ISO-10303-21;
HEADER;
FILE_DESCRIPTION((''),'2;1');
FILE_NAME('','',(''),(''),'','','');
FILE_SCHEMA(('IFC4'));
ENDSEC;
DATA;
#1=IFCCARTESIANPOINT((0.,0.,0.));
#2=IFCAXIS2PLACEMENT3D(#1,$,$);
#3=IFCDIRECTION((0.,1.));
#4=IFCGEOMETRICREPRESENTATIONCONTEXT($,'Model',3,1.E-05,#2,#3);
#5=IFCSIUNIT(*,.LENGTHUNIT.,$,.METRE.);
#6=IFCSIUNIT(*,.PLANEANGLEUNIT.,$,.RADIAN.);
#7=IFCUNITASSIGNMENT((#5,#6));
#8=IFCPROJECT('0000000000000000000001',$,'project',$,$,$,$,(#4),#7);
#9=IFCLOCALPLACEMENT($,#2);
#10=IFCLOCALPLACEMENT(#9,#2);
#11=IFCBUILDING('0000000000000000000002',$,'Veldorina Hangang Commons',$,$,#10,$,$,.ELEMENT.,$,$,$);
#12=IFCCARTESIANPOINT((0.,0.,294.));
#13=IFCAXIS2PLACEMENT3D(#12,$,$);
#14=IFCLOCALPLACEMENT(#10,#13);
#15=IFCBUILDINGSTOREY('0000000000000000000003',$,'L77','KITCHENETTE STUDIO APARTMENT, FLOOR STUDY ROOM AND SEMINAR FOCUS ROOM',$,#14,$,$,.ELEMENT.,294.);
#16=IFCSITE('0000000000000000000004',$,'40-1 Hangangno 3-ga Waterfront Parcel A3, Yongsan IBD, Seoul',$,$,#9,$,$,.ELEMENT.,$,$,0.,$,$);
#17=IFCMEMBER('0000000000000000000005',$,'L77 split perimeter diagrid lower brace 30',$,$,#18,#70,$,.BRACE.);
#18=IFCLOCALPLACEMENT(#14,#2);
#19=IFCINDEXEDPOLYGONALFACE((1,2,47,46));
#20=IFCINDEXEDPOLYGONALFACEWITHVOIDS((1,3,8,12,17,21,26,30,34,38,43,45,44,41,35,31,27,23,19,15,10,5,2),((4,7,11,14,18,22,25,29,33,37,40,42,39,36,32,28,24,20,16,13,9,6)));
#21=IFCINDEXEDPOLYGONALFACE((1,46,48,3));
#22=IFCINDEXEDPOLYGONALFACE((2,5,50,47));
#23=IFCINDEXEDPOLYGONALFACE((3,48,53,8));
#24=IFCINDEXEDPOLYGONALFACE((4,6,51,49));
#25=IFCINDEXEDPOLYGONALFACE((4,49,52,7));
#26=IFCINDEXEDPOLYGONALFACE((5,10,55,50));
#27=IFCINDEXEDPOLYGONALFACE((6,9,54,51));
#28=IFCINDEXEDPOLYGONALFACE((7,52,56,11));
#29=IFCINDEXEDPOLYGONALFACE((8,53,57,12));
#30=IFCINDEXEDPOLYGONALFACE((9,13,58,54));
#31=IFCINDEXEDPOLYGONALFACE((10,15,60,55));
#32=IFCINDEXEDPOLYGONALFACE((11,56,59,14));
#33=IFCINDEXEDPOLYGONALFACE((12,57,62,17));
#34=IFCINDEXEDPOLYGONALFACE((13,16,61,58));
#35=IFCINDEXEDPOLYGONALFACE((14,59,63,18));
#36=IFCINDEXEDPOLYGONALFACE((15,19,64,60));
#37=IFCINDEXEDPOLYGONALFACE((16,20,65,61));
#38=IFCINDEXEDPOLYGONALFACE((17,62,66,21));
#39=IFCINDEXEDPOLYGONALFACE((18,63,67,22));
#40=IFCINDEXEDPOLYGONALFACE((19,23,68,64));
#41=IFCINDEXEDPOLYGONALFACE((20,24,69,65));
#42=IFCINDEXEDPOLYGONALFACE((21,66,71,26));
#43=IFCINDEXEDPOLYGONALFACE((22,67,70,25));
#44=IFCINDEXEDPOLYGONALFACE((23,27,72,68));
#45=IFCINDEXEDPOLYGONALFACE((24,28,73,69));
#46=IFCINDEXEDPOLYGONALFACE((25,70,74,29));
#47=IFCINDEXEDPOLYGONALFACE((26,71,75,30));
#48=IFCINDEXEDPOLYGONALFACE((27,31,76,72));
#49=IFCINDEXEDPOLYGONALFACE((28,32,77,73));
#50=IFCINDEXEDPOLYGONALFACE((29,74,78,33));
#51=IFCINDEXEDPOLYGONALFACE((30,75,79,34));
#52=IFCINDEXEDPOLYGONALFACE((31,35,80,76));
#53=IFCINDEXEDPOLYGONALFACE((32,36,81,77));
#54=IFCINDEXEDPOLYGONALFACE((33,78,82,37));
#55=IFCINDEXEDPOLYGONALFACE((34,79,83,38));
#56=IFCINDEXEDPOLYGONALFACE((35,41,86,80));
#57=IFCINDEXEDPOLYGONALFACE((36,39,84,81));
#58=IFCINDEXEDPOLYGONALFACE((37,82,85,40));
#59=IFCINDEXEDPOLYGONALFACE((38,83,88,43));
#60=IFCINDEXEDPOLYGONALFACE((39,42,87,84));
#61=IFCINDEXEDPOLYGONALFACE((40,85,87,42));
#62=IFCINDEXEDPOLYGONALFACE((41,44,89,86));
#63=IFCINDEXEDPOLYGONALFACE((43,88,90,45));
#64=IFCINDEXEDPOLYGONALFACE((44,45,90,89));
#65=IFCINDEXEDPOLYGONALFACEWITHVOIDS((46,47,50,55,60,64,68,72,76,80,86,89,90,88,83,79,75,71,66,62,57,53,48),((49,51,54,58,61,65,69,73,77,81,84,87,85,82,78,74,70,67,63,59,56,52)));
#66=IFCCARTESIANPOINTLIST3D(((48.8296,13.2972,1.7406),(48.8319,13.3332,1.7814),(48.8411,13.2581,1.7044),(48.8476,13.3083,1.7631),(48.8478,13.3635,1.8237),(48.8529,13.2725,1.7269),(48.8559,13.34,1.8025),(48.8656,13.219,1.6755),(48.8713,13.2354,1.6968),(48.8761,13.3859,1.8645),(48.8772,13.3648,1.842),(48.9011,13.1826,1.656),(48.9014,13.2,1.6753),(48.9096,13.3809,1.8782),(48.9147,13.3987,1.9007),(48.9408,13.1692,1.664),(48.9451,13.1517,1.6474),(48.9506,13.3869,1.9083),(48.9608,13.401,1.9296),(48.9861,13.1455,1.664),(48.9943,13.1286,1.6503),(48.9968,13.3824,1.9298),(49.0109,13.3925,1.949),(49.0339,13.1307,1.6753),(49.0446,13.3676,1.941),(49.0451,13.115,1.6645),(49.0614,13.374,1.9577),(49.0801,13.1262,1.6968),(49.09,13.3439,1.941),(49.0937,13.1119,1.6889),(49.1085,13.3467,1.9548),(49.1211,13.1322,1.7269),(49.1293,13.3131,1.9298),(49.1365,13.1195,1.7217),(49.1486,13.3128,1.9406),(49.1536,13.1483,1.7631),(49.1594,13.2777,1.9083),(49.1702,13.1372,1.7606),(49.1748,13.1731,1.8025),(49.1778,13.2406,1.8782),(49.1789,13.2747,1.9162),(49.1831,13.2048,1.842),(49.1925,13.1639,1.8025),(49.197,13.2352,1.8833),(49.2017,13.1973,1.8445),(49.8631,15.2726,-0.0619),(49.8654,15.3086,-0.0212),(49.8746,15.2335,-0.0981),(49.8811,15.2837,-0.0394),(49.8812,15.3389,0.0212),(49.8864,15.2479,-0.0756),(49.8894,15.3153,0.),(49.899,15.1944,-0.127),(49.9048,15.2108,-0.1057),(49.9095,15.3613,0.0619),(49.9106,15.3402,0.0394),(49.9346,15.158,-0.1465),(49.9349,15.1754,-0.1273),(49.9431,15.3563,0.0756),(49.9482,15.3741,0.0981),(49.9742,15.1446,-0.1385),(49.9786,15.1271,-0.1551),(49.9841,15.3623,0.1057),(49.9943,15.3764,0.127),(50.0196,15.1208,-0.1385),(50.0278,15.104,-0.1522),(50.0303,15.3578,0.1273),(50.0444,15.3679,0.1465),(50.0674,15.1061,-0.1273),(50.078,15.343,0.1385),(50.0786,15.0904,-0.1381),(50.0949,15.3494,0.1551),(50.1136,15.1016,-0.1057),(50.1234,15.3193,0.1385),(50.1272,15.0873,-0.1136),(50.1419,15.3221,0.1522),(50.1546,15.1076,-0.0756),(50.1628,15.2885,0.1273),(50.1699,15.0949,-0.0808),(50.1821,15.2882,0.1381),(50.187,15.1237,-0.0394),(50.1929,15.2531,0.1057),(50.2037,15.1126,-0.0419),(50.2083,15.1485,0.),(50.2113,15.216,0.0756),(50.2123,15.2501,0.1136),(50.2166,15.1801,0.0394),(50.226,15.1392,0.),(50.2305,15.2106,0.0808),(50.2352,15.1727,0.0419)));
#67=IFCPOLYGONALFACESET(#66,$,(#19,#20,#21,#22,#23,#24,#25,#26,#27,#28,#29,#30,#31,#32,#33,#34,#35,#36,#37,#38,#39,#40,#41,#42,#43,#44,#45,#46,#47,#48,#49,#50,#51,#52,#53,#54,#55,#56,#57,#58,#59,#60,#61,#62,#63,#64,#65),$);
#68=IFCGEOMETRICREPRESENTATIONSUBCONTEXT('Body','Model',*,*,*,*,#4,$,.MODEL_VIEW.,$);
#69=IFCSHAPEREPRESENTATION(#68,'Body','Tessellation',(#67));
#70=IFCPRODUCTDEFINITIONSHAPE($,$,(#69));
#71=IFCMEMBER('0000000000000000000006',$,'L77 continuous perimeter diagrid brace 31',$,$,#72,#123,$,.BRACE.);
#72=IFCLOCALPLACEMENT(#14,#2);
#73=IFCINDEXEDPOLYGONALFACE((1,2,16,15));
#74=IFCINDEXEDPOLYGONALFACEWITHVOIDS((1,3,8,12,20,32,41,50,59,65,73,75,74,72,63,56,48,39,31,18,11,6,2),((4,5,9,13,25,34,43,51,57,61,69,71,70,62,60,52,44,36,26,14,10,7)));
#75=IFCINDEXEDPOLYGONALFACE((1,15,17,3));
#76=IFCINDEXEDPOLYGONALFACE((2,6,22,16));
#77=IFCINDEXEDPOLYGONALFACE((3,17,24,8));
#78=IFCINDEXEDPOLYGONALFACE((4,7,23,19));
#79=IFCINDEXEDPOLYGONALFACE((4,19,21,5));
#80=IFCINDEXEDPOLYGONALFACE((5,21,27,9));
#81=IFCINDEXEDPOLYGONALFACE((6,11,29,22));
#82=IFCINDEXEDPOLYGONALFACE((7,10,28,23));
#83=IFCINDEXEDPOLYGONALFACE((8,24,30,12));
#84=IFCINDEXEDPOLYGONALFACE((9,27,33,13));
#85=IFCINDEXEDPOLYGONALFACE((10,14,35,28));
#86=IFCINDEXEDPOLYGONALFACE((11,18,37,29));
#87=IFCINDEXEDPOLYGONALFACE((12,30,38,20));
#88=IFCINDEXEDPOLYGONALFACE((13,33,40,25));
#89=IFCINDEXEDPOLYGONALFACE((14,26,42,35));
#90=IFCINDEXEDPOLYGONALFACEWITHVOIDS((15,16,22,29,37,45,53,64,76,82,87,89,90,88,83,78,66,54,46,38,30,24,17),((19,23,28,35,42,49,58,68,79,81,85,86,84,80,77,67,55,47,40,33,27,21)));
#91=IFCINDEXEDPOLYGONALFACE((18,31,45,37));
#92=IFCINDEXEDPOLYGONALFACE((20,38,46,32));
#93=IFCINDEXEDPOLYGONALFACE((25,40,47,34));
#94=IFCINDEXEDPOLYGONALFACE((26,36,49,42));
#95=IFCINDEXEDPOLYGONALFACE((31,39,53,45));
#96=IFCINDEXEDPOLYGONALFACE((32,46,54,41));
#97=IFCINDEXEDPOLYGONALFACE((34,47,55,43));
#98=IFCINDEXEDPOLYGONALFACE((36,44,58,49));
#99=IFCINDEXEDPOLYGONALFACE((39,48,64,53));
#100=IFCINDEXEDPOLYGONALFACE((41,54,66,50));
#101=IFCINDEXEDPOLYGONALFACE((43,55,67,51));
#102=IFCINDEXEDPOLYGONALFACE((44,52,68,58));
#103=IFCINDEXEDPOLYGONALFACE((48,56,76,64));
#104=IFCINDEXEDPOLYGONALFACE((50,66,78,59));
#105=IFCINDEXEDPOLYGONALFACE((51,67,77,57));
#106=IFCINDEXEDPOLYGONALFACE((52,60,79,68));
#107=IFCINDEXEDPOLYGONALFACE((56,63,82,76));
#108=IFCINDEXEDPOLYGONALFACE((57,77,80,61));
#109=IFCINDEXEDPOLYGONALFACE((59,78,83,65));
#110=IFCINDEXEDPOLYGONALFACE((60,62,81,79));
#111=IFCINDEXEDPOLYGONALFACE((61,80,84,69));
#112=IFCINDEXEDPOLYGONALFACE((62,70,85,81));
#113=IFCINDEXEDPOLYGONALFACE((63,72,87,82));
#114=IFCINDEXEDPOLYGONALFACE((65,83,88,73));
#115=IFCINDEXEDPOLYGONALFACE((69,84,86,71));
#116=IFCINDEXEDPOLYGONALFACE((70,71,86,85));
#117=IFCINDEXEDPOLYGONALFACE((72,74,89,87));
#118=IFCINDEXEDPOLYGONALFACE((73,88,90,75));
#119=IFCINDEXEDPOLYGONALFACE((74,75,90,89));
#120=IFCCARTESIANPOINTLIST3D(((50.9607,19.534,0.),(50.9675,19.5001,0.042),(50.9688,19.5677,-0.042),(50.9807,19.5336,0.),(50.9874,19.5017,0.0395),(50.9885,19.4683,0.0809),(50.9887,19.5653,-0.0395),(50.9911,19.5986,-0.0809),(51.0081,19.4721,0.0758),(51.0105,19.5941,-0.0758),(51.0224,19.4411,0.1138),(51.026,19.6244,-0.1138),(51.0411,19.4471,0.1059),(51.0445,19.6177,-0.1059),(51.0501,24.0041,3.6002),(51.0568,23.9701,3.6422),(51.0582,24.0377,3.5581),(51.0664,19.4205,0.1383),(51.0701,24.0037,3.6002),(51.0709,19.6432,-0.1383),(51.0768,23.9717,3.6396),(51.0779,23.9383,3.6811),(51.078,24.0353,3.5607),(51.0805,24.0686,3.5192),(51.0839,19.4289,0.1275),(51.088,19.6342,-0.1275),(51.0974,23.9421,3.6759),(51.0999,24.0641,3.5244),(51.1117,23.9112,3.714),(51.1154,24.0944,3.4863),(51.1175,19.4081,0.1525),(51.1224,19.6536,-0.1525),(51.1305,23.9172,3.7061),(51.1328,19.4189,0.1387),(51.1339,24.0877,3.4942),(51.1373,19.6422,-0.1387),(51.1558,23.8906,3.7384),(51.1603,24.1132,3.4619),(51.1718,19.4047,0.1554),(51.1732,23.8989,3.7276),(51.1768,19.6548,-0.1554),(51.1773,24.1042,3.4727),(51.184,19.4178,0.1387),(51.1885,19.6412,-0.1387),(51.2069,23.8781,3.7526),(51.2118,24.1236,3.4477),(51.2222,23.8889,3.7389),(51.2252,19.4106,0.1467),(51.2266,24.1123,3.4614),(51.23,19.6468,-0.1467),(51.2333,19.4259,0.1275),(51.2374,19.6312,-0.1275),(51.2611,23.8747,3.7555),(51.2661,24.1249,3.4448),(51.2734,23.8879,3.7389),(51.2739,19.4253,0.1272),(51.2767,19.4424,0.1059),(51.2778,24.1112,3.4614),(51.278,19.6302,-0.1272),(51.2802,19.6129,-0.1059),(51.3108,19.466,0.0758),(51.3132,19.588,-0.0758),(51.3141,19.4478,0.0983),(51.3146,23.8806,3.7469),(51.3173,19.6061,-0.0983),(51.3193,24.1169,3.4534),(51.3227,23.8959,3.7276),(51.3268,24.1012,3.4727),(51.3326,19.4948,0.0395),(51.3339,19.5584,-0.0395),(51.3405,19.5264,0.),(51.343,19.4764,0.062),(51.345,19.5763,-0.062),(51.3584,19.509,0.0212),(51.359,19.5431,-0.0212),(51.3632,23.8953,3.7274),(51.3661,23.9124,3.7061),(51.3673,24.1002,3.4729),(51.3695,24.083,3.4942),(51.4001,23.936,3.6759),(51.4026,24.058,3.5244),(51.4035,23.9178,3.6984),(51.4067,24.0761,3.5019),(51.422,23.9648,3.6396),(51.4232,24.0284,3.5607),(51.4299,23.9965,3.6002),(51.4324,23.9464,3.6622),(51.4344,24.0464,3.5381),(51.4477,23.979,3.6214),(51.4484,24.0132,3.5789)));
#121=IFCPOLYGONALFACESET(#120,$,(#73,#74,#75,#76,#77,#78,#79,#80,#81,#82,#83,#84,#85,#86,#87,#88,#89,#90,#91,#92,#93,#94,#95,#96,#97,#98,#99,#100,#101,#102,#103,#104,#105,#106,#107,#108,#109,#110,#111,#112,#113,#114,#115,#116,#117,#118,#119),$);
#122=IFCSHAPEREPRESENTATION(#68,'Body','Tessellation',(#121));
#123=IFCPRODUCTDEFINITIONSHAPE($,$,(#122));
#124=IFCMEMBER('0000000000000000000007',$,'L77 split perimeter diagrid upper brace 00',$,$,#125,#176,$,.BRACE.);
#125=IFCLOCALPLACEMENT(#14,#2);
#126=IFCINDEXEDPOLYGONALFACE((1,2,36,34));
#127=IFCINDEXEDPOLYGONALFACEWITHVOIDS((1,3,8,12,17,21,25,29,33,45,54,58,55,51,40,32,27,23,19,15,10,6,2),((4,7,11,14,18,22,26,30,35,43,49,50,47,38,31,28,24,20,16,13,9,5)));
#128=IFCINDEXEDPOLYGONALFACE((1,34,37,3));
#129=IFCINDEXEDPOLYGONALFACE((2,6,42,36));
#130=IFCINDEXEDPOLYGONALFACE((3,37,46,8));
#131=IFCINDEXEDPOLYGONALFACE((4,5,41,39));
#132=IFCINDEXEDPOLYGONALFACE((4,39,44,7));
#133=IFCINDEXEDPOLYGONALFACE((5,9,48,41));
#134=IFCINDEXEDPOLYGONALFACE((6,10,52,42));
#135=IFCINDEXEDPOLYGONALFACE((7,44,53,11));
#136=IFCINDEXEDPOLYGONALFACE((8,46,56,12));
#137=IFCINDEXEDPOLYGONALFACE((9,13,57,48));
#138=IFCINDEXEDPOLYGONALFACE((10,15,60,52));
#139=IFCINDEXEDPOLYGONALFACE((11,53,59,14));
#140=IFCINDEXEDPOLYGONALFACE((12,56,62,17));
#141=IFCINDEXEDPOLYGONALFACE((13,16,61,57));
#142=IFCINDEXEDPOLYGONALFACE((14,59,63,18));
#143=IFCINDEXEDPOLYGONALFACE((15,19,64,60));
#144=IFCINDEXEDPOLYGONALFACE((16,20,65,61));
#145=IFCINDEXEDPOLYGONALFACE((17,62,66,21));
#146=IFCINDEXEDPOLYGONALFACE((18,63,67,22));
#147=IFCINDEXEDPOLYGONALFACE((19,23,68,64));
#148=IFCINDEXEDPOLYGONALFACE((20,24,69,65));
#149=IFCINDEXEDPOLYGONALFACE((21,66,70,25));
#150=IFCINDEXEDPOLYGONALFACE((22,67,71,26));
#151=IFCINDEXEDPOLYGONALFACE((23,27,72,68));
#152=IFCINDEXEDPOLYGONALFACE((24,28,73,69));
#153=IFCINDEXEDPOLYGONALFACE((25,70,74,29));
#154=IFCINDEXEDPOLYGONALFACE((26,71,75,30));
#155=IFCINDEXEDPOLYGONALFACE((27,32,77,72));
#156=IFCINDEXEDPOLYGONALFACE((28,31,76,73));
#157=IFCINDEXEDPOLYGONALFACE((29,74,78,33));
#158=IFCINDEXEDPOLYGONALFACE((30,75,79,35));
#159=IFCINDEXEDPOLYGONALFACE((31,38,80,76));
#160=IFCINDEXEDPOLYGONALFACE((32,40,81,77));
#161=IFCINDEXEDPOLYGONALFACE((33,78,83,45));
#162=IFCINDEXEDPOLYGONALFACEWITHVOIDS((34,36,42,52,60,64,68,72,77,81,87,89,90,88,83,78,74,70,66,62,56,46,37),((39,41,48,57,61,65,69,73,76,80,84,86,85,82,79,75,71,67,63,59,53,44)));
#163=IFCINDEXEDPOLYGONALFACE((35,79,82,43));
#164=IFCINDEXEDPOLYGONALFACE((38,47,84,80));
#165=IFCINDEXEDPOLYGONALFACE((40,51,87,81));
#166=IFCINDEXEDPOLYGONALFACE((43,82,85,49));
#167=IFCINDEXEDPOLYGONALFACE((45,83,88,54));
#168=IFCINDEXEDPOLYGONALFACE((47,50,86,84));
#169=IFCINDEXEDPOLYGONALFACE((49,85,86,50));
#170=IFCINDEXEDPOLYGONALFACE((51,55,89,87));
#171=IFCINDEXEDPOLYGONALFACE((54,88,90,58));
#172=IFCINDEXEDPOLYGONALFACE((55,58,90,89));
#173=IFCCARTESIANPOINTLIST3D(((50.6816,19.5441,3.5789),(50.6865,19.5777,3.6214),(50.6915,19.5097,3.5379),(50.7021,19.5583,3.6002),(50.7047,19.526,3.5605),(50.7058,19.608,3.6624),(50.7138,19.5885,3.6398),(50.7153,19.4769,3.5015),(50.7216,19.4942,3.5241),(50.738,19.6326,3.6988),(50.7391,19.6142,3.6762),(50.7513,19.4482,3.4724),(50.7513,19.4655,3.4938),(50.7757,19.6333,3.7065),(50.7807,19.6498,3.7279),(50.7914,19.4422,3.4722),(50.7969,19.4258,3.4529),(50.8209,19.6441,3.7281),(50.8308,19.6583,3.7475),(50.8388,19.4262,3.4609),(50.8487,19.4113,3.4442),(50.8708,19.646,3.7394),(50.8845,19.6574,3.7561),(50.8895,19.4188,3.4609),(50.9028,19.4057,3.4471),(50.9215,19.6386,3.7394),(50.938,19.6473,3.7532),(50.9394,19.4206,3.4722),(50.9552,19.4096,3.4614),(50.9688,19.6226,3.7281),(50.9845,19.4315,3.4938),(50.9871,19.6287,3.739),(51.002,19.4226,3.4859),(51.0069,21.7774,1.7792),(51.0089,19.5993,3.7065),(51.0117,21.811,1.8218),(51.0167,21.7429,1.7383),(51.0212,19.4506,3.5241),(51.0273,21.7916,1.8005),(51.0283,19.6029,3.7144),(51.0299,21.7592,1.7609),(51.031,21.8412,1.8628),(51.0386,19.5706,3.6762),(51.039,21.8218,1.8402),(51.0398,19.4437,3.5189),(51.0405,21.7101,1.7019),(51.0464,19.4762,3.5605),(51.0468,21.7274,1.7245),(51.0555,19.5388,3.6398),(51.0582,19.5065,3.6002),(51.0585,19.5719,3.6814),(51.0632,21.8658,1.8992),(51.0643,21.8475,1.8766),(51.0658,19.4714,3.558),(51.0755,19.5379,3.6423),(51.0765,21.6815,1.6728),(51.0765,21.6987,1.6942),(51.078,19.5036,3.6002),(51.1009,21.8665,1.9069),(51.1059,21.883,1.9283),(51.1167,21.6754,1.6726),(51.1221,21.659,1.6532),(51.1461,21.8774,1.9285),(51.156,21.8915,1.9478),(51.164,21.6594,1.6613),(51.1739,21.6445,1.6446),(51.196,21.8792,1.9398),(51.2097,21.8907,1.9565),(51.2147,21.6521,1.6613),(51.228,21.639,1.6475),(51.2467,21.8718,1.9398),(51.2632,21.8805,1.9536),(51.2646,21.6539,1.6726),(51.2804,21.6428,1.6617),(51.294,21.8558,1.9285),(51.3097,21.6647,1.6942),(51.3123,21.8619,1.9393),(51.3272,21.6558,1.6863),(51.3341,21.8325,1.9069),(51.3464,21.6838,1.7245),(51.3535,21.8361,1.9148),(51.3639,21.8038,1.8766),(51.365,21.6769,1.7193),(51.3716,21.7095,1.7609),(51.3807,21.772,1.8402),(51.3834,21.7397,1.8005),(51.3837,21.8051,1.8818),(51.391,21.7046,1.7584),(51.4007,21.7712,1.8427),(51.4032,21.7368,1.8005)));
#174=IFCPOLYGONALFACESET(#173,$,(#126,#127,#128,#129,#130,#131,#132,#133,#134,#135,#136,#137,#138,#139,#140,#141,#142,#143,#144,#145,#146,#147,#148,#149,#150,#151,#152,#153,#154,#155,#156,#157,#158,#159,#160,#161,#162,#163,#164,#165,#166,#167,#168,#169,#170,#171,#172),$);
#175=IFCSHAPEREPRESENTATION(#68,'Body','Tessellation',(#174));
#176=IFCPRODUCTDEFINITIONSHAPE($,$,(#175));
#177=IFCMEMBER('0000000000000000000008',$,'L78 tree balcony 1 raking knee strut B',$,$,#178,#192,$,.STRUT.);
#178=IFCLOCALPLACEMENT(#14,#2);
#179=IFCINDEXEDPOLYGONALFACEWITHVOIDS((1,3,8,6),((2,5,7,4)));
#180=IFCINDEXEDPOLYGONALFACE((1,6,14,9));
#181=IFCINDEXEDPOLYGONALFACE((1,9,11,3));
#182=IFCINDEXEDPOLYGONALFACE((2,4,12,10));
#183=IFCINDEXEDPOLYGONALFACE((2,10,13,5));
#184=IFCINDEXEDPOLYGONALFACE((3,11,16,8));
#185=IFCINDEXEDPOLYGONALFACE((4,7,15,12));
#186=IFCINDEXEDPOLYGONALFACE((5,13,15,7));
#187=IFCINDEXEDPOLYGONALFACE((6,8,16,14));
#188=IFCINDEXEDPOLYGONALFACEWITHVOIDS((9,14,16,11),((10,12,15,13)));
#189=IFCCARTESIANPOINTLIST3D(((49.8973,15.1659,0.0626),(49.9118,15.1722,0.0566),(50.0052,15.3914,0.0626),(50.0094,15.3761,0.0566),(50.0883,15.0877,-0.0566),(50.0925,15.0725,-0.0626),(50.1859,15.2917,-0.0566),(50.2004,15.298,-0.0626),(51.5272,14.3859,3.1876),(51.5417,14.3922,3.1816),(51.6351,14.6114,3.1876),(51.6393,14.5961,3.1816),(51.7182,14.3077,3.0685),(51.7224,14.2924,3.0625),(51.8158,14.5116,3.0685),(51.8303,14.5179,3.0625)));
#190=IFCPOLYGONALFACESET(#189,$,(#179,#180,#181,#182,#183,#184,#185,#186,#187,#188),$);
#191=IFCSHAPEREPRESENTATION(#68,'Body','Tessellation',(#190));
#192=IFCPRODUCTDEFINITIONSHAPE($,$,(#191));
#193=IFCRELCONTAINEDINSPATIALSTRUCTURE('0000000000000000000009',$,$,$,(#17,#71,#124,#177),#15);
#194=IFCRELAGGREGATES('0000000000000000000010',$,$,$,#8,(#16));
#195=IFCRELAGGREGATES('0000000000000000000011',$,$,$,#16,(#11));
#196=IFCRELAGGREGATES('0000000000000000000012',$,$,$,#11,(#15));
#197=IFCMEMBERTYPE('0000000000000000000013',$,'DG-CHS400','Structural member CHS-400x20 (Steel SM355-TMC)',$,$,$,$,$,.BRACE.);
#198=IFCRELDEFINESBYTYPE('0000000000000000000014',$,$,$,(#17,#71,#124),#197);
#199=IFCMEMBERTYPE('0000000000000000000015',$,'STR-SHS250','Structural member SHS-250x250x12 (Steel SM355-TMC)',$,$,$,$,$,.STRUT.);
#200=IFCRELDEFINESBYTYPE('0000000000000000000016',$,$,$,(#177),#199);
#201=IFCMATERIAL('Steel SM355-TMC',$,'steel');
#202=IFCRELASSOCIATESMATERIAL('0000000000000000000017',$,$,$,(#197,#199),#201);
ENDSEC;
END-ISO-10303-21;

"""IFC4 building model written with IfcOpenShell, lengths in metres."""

from ifc_helpers import new_model, si_unit, direction, frame, origin, origin_2d, place, context, subcontext, project, spatial, hollow_rectangle, hollow_circle, extrude, material, material_profile, profile_set, type_object, element, save


model = new_model("IFC4")

# Units and contexts
model_context = context("Model", 3, precision=1e-05, world=origin(), true_north=direction((0.0, 1.0)))
body_context = subcontext(model_context, "Body", "Model", "MODEL_VIEW")
ifc_project = project(units=[si_unit("LENGTHUNIT", "METRE"), si_unit("PLANEANGLEUNIT", "RADIAN")], contexts=[model_context])

# Site, building, storey
site_placement = place(None, origin())
site = spatial("IfcSite", under=ifc_project, at=site_placement, Name="40-1 Hangangno 3-ga Waterfront Parcel A3, Yongsan IBD, Seoul", CompositionType="ELEMENT", RefElevation=0.0)
building_placement = place(site_placement, origin())
building = spatial("IfcBuilding", under=site, at=building_placement, Name="Veldorina Hangang Commons", CompositionType="ELEMENT")
storey_placement = place(building_placement, frame((0.0, 0.0, 294.0)))
storey = spatial("IfcBuildingStorey", under=building, at=storey_placement, Name="L77", Description="KITCHENETTE STUDIO APARTMENT, FLOOR STUDY ROOM AND SEMINAR FOCUS ROOM", CompositionType="ELEMENT", Elevation=294.0)

# Shared definitions
ifc_material_1 = material(Name="Steel SM355-TMC", Category="steel")

# Members
ifc_material_profile_1 = material_profile(ifc_material_1, hollow_circle(Radius=0.2, WallThickness=0.02, at=origin_2d()), Name="CHS-400x20")
ifc_profile_set_1 = profile_set([ifc_material_profile_1], Name="Steel SM355-TMC")
member_type_1 = type_object("IfcMemberType", Name="DG-CHS400", Description="Structural member CHS-400x20 (Steel SM355-TMC)", PredefinedType="BRACE", material=ifc_profile_set_1)
member_1_placement = place(storey_placement, frame((50.0488, 15.2319, 0.0), z_axis=(-0.360479, -0.689023, 0.62873), x_axis=(0.886063, -0.463565, 0.0)))
element("IfcMember", 1, at=member_1_placement, inside=storey, type_object=member_type_1, Name="L77 split perimeter diagrid lower brace 30", PredefinedType="BRACE", context=body_context, shape_type="SweptSolid", body=[
    extrude(hollow_circle(Radius=0.2, WallThickness=0.02, at=origin_2d()), origin(), (0.0, 0.0, 1.0), 2.8669),
])
member_2_placement = place(storey_placement, frame((51.1606, 19.53, 0.0), z_axis=(0.015567, 0.77872, 0.627178), x_axis=(-0.9998, 0.019986, 0.0)))
element("IfcMember", 2, at=member_2_placement, inside=storey, type_object=member_type_1, Name="L77 continuous perimeter diagrid brace 31", PredefinedType="BRACE", context=body_context, shape_type="SweptSolid", body=[
    extrude(hollow_circle(Radius=0.2, WallThickness=0.02, at=origin_2d()), origin(), (0.0, 0.0, 1.0), 5.7402),
])
member_3_placement = place(storey_placement, frame((51.2053, 21.7656, 1.8005), z_axis=(-0.112666, -0.773689, 0.623468), x_axis=(0.989563, -0.144102, 0.0)))
element("IfcMember", 3, at=member_3_placement, inside=storey, type_object=member_type_1, Name="L77 split perimeter diagrid upper brace 00", PredefinedType="BRACE", context=body_context, shape_type="SweptSolid", body=[
    extrude(hollow_circle(Radius=0.2, WallThickness=0.02, at=origin_2d()), origin(), (0.0, 0.0, 1.0), 2.8865),
])
ifc_material_profile_2 = material_profile(ifc_material_1, hollow_rectangle(XDim=0.25, YDim=0.25, WallThickness=0.012, at=origin_2d()), Name="SHS-250x250x12")
ifc_profile_set_2 = profile_set([ifc_material_profile_2], Name="Steel SM355-TMC")
member_type_2 = type_object("IfcMemberType", Name="STR-SHS250", Description="Structural member SHS-250x250x12 (Steel SM355-TMC)", PredefinedType="STRUT", material=ifc_profile_set_2)
member_4_placement = place(storey_placement, frame((50.0488, 15.2319, 0.0), z_axis=(0.451517, -0.216087, 0.865701), x_axis=(0.43169, 0.902022, 0.0)))
element("IfcMember", 4, at=member_4_placement, inside=storey, type_object=member_type_2, Name="L78 tree balcony 1 raking knee strut B", PredefinedType="STRUT", context=body_context, shape_type="SweptSolid", body=[
    extrude(hollow_rectangle(XDim=0.25, YDim=0.25, WallThickness=0.012, at=origin_2d()), origin(), (0.0, 0.0, 1.0), 3.6099),
])

save(model, "model.ifc")
